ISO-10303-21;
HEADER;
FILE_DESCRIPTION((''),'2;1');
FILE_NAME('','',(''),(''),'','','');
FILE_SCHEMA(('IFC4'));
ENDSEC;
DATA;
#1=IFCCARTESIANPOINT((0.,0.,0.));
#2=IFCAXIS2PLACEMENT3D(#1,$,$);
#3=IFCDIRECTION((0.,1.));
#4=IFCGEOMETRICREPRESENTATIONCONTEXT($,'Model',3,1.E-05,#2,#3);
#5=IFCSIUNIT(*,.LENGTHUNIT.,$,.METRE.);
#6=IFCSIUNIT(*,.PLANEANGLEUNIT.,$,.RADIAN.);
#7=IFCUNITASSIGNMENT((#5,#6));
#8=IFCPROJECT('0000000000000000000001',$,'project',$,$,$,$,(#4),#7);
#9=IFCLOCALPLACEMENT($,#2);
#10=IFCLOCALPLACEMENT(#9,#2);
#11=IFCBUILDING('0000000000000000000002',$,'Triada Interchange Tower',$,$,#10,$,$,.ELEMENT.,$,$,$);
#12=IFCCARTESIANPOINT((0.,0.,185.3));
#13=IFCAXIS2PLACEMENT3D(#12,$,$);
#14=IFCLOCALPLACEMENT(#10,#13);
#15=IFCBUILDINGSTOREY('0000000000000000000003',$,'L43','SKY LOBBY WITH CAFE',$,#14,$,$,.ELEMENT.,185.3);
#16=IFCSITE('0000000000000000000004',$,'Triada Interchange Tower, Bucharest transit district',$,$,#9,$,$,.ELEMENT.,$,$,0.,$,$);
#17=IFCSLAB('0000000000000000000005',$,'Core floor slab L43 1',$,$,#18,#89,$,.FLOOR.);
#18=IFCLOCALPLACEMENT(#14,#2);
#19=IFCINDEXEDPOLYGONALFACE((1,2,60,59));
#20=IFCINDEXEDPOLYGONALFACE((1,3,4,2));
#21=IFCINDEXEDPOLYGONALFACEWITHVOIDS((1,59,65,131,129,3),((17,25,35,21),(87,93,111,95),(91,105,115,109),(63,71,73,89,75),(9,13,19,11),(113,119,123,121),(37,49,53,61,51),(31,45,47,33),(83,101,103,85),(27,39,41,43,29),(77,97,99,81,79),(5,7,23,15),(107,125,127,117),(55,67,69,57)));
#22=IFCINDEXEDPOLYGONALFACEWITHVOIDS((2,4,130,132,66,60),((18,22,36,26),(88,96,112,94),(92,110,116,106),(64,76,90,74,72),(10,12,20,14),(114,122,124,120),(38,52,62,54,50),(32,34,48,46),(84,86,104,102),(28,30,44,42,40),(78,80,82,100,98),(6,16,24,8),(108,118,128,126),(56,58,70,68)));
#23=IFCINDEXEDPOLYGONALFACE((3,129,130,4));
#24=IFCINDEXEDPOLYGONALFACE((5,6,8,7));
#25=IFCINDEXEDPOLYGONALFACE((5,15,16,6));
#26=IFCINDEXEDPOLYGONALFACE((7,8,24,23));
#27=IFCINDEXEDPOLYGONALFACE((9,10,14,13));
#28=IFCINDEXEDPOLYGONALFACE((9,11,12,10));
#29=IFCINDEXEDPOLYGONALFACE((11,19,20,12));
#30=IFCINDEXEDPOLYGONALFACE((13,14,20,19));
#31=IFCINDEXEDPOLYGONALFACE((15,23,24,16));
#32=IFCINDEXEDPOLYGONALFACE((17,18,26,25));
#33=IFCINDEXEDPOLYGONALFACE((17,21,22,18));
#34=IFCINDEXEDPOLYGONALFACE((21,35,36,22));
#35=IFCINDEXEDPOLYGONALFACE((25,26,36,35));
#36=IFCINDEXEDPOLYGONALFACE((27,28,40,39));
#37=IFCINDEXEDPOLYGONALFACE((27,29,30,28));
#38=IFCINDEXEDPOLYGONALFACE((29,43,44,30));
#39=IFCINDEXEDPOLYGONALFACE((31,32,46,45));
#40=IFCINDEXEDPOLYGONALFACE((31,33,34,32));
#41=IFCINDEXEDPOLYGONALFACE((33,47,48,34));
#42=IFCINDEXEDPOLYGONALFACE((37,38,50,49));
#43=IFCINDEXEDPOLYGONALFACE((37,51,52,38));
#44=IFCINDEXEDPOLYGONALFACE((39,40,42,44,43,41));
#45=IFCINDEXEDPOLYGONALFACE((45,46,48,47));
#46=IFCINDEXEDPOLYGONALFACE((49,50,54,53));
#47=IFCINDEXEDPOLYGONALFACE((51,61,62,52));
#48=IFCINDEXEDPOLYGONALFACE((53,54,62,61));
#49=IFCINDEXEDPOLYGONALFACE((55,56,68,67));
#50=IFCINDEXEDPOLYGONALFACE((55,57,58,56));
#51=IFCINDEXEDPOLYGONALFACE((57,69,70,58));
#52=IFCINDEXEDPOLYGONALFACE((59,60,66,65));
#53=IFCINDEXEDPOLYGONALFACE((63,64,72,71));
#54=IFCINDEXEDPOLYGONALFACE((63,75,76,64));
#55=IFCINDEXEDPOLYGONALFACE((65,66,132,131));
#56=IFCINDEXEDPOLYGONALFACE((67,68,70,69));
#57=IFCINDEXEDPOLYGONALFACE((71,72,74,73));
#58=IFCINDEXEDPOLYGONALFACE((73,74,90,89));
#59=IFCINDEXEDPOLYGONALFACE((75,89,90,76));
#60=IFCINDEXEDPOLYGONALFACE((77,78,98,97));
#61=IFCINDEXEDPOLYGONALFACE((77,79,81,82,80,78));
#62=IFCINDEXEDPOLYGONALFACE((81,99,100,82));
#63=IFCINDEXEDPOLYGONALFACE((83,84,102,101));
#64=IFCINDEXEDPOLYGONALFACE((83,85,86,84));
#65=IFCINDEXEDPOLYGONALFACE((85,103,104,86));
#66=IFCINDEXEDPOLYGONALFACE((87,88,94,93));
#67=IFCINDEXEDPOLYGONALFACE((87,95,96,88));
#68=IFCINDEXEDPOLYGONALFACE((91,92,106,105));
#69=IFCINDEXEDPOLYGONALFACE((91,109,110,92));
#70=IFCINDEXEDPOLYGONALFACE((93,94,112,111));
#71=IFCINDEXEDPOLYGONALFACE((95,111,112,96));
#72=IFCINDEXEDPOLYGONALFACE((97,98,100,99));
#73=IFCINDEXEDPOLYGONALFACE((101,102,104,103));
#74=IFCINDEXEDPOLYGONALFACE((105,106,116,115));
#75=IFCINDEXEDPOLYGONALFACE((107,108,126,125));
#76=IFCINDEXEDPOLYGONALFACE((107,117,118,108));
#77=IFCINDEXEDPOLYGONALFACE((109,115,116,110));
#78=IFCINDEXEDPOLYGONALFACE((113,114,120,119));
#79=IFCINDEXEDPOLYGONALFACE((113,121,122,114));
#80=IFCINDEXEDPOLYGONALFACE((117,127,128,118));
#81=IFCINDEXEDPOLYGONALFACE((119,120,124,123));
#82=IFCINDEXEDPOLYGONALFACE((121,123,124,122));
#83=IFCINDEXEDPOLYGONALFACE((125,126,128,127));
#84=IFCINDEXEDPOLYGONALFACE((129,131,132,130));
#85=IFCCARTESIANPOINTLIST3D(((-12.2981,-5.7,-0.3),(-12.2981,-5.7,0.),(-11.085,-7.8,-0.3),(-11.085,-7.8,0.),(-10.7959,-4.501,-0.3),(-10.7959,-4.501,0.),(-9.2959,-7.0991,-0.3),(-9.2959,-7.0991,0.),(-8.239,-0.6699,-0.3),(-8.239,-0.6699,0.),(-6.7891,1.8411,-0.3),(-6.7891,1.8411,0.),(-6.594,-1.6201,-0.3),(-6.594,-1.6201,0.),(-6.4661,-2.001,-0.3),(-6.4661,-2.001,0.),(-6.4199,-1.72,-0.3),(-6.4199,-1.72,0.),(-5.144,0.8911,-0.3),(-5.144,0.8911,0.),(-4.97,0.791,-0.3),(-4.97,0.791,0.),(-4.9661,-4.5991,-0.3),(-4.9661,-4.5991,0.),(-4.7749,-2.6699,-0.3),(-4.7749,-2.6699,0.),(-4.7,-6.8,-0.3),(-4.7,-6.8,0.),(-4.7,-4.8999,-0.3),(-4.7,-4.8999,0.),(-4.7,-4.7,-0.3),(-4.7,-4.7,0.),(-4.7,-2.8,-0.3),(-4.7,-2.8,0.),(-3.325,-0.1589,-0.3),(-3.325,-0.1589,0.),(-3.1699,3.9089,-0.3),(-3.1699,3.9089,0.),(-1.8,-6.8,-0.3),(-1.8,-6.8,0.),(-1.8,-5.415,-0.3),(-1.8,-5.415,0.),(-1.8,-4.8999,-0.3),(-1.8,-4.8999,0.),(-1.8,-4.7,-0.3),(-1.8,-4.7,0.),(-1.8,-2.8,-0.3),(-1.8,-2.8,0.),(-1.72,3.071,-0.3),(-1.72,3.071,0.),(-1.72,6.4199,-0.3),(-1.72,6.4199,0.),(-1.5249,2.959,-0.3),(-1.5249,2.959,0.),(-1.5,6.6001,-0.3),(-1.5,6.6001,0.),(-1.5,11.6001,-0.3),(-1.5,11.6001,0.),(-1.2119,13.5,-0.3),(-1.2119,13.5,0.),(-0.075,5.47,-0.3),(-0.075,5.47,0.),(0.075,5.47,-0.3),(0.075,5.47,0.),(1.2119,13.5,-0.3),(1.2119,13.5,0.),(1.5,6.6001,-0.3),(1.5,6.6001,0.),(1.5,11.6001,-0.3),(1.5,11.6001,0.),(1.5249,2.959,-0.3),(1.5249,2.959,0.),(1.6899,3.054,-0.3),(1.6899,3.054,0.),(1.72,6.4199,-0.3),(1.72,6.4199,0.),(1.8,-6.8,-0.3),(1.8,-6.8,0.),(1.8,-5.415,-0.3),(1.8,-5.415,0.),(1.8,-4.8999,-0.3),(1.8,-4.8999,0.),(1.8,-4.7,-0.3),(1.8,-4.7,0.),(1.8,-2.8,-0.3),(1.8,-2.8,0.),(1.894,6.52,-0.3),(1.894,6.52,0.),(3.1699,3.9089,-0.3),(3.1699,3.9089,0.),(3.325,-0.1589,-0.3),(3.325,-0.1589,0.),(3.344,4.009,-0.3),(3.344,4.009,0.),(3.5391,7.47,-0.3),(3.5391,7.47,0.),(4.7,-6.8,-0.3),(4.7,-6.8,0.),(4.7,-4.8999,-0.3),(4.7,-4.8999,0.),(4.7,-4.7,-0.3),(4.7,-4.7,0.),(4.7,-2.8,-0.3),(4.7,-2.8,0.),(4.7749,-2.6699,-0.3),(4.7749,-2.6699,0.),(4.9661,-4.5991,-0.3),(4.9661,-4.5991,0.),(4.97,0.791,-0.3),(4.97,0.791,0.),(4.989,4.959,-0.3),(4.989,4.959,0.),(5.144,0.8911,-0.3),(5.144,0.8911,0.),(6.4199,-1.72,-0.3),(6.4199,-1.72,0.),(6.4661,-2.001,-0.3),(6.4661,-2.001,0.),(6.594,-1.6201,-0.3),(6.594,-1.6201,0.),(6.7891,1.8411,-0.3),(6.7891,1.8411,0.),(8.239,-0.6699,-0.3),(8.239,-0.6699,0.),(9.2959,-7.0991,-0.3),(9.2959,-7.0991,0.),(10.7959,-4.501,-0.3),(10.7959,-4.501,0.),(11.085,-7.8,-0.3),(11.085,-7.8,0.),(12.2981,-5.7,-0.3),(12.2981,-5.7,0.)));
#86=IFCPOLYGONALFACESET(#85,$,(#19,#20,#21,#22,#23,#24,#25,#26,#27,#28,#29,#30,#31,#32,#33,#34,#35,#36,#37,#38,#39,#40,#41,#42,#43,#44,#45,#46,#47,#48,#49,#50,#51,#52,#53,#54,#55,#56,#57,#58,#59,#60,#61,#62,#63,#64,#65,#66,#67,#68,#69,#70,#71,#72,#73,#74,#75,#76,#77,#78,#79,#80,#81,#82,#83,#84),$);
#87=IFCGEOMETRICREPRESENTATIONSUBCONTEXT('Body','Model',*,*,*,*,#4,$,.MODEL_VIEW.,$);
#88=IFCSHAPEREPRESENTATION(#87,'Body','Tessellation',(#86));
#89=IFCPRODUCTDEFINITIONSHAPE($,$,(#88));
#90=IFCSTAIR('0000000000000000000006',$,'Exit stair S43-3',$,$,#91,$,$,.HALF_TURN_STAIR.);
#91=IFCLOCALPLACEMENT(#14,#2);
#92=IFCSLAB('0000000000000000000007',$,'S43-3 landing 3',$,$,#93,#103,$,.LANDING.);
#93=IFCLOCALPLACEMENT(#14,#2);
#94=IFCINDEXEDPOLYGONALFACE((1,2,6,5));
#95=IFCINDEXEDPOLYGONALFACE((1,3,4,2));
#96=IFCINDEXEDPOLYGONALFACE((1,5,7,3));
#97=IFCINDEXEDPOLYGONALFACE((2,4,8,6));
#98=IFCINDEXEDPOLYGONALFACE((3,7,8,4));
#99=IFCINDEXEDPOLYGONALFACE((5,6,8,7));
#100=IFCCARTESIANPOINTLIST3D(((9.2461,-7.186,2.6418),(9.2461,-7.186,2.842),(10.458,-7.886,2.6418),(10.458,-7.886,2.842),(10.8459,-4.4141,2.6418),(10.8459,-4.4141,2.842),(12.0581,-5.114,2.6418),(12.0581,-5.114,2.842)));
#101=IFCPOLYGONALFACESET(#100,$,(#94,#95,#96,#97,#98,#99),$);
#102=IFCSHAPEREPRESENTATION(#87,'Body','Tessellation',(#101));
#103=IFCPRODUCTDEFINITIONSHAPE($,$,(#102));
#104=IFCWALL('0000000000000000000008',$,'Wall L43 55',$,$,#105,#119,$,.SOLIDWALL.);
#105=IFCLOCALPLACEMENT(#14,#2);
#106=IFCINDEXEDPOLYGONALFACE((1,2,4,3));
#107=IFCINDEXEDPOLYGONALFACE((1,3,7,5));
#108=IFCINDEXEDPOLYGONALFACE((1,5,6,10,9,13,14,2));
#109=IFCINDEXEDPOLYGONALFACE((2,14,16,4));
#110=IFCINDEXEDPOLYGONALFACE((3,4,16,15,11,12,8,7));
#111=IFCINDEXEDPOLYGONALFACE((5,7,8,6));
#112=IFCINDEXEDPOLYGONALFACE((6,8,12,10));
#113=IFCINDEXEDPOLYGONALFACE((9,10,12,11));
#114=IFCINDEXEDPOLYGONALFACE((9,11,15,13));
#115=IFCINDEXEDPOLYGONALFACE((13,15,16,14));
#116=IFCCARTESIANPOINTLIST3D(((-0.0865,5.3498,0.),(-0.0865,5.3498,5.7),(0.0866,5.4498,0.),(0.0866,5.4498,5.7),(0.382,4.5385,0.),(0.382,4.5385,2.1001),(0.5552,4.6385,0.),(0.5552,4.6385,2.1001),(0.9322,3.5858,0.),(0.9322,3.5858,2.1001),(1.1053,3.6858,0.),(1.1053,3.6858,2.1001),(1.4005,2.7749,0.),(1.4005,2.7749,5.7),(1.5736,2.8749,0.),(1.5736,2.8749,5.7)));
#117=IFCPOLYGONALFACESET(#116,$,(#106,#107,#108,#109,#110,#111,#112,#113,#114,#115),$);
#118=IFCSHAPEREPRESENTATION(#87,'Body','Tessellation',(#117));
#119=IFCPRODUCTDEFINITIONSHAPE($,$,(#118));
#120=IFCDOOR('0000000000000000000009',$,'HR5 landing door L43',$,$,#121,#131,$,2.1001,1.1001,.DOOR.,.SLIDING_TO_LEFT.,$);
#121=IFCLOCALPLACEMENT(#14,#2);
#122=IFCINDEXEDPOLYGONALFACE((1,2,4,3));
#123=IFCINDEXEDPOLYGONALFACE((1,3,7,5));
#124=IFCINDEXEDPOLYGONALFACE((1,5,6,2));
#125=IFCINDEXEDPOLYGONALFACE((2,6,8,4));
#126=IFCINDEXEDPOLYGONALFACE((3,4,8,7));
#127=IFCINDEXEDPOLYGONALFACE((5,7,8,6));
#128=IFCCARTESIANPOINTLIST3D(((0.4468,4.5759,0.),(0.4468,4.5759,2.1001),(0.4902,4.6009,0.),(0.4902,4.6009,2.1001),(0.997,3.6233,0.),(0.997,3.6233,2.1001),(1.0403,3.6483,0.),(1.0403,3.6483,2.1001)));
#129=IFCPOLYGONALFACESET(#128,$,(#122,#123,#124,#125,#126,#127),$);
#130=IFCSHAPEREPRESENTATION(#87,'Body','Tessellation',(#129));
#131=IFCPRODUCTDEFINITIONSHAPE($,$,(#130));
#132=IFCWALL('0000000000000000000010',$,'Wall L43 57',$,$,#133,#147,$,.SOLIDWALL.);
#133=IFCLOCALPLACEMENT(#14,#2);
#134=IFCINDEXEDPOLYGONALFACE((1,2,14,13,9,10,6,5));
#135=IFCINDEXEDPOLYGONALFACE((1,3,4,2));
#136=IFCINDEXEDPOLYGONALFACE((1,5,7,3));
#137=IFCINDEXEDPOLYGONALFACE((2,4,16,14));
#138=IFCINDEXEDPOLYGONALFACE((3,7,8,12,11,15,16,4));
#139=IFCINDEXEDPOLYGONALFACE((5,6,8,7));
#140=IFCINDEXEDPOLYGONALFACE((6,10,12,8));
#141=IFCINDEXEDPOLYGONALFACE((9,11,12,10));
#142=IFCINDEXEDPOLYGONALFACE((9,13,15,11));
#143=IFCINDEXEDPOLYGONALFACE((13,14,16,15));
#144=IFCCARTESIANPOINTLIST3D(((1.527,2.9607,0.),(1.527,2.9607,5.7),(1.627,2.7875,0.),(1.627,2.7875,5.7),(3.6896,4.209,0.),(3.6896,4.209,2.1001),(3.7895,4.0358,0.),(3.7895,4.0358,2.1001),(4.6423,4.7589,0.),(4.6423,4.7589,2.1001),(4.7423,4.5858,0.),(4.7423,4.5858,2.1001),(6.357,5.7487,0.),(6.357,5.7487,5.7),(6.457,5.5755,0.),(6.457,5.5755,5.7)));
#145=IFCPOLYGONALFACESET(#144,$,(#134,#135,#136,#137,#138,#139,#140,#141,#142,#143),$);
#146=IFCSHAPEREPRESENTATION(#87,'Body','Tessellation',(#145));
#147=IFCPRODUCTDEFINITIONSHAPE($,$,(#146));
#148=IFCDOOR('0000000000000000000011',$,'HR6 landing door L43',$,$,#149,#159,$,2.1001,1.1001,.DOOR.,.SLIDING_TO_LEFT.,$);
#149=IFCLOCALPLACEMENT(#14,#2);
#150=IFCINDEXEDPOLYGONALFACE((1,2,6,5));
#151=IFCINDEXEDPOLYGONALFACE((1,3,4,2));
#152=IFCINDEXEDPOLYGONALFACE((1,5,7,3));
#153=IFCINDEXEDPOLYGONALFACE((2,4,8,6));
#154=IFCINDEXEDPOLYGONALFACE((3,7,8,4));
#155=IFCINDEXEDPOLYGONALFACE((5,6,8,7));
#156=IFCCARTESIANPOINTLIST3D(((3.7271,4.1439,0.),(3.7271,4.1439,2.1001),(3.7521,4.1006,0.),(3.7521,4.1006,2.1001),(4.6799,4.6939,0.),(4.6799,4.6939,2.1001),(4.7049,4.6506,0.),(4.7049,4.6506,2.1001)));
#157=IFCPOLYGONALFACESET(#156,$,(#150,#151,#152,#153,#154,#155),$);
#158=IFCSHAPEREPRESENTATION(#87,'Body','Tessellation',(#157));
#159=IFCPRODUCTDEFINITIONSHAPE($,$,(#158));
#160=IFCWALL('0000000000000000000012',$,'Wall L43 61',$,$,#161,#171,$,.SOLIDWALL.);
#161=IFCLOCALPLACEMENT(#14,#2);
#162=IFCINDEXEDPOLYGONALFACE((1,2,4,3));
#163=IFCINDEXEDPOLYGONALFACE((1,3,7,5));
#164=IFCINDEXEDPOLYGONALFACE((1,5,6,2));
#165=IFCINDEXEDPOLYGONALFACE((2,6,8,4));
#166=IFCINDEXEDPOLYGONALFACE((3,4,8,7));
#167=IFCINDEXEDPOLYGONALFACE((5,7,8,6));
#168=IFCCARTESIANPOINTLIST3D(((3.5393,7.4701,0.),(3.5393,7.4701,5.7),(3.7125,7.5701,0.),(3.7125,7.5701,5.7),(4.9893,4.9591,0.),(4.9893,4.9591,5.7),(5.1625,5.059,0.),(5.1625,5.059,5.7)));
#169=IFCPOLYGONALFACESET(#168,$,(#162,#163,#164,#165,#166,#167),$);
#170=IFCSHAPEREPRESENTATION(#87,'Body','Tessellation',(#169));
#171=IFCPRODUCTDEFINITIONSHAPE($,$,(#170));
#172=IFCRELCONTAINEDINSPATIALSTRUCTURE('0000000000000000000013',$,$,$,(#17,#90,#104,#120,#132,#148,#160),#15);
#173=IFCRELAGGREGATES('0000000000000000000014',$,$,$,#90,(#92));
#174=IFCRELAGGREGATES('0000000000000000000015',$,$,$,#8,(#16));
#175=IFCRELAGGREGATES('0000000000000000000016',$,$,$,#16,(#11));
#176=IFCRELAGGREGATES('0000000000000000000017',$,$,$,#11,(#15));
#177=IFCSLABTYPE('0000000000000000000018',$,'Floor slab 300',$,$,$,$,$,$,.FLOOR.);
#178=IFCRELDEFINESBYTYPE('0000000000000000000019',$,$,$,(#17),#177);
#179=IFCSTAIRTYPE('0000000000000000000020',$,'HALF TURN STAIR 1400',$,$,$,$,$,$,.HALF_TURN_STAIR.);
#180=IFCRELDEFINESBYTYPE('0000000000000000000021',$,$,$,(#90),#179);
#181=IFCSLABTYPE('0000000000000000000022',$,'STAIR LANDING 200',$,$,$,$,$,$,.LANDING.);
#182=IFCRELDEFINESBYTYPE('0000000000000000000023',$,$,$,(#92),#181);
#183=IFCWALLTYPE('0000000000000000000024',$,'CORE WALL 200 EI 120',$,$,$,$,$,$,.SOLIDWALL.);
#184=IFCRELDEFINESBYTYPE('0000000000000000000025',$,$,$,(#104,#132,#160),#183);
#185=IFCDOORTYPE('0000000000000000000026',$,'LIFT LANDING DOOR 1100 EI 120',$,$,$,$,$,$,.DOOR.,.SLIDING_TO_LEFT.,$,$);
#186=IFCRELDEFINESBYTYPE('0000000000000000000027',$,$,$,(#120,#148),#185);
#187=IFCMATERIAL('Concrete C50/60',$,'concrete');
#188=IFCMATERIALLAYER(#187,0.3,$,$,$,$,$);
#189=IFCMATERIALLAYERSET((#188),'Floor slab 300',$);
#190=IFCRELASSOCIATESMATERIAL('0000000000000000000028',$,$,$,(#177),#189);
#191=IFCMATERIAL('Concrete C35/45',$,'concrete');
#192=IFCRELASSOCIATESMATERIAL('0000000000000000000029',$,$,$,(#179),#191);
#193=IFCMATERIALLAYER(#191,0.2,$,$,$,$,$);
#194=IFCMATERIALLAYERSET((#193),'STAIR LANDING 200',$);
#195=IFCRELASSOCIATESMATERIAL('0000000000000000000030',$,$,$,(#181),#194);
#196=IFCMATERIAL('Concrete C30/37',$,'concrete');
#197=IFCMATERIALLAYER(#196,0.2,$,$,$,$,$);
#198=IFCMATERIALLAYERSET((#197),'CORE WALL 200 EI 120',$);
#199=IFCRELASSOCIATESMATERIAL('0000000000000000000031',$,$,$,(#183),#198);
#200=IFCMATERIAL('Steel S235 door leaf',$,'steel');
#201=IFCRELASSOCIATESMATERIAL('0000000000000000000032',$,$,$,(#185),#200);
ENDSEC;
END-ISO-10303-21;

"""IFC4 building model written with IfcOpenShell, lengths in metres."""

from ifc_helpers import new_model, si_unit, direction, frame, frame_2d, origin, place, context, subcontext, project, spatial, polyline, rectangle, outline, extrude, material, layer, layer_set, type_object, element, fill, aggregate, save


model = new_model("IFC4")

# Units and contexts
model_context = context("Model", 3, precision=1e-05, world=origin(), true_north=direction((0.0, 1.0)))
body_context = subcontext(model_context, "Body", "Model", "MODEL_VIEW")
ifc_project = project(units=[si_unit("LENGTHUNIT", "METRE"), si_unit("PLANEANGLEUNIT", "RADIAN")], contexts=[model_context])

# Site, building, storey
site_placement = place(None, origin())
site = spatial("IfcSite", under=ifc_project, at=site_placement, Name="Triada Interchange Tower, Bucharest transit district", CompositionType="ELEMENT", RefElevation=0.0)
building_placement = place(site_placement, origin())
building = spatial("IfcBuilding", under=site, at=building_placement, Name="Triada Interchange Tower", CompositionType="ELEMENT")
storey_placement = place(building_placement, frame((0.0, 0.0, 185.3)))
storey = spatial("IfcBuildingStorey", under=building, at=storey_placement, Name="L43", Description="SKY LOBBY WITH CAFE", CompositionType="ELEMENT", Elevation=185.3)

# Slab
ifc_material_1 = material(Name="Concrete C50/60", Category="concrete")
ifc_layer_1 = layer(ifc_material_1, 0.3)
ifc_layer_set_1 = layer_set([ifc_layer_1], Name="Floor slab 300")
slab_type_1 = type_object("IfcSlabType", Name="Floor slab 300", PredefinedType="FLOOR", material=ifc_layer_set_1)
slab_1_placement = place(storey_placement, frame((0.0, 0.0, -0.3)))
element("IfcSlab", 1, at=slab_1_placement, inside=storey, type_object=slab_type_1, Name="Core floor slab L43 1", PredefinedType="FLOOR", context=body_context, shape_type="SweptSolid", body=[
    extrude(outline(polyline([(12.2981, -5.7), (11.085, -7.8), (-11.085, -7.8), (-12.2981, -5.7), (-1.2119, 13.5), (1.2119, 13.5), (12.2981, -5.7)]), holes=[polyline([(9.2959, -7.0991), (10.7959, -4.501), (6.4661, -2.001), (4.9661, -4.5991), (9.2959, -7.0991)]), polyline([(6.7891, 1.8411), (5.144, 0.8911), (6.594, -1.6201), (8.239, -0.6699), (6.7891, 1.8411)]), polyline([(4.97, 0.791), (3.325, -0.1589), (4.7749, -2.6699), (6.4199, -1.72), (4.97, 0.791)]), polyline([(1.894, 6.52), (3.344, 4.009), (4.989, 4.959), (3.5391, 7.47), (1.894, 6.52)]), polyline([(1.8, -5.415), (1.8, -6.8), (4.7, -6.8), (4.7, -4.8999), (1.8, -4.8999), (1.8, -5.415)]), polyline([(4.7, -2.8), (1.8, -2.8), (1.8, -4.7), (4.7, -4.7), (4.7, -2.8)]), polyline([(1.5249, 2.959), (1.6899, 3.054), (3.1699, 3.9089), (1.72, 6.4199), (0.075, 5.47), (1.5249, 2.959)]), polyline([(1.5, 11.6001), (-1.5, 11.6001), (-1.5, 6.6001), (1.5, 6.6001), (1.5, 11.6001)]), polyline([(-0.075, 5.47), (-1.72, 6.4199), (-3.1699, 3.9089), (-1.72, 3.071), (-1.5249, 2.959), (-0.075, 5.47)]), polyline([(-1.8, -2.8), (-4.7, -2.8), (-4.7, -4.7), (-1.8, -4.7), (-1.8, -2.8)]), polyline([(-4.7, -6.8), (-1.8, -6.8), (-1.8, -5.415), (-1.8, -4.8999), (-4.7, -4.8999), (-4.7, -6.8)]), polyline([(-4.7749, -2.6699), (-3.325, -0.1589), (-4.97, 0.791), (-6.4199, -1.72), (-4.7749, -2.6699)]), polyline([(-10.7959, -4.501), (-9.2959, -7.0991), (-4.9661, -4.5991), (-6.4661, -2.001), (-10.7959, -4.501)]), polyline([(-6.594, -1.6201), (-5.144, 0.8911), (-6.7891, 1.8411), (-8.239, -0.6699), (-6.594, -1.6201)])]), origin(), (0.0, 0.0, 1.0), 0.3),
])

# Stair, slab
ifc_material_2 = material(Name="Concrete C35/45", Category="concrete")
stair_type = type_object("IfcStairType", Name="HALF TURN STAIR 1400", PredefinedType="HALF_TURN_STAIR", material=ifc_material_2)
stair_1_placement = place(storey_placement, origin())
stair_1 = element("IfcStair", 2, at=stair_1_placement, inside=storey, type_object=stair_type, Name="Exit stair S43-3", PredefinedType="HALF_TURN_STAIR")
ifc_layer_2 = layer(ifc_material_2, 0.2)
ifc_layer_set_2 = layer_set([ifc_layer_2], Name="STAIR LANDING 200")
slab_type_2 = type_object("IfcSlabType", Name="STAIR LANDING 200", PredefinedType="LANDING", material=ifc_layer_set_2)
slab_2_placement = place(storey_placement, frame((0.0, 0.0, 2.6418)))
slab_2 = element("IfcSlab", 3, at=slab_2_placement, type_object=slab_type_2, Name="S43-3 landing 3", PredefinedType="LANDING", context=body_context, shape_type="SweptSolid", body=[
    extrude(outline(polyline([(9.2461, -7.186), (10.458, -7.886), (12.0581, -5.114), (10.8459, -4.4141), (9.2461, -7.186)])), origin(), (0.0, 0.0, 1.0), 0.2002),
])
aggregate(stair_1, [slab_2])

# Walls, openings, doors
ifc_material_3 = material(Name="Concrete C30/37", Category="concrete")
ifc_layer_3 = layer(ifc_material_3, 0.2)
ifc_layer_set_3 = layer_set([ifc_layer_3], Name="CORE WALL 200 EI 120")
wall_type_1 = type_object("IfcWallType", Name="CORE WALL 200 EI 120", PredefinedType="SOLIDWALL", material=ifc_layer_set_3)
wall_1_placement = place(storey_placement, frame((0.0, 5.3999, 0.0), z_axis=(0.0, 0.0, 1.0), x_axis=(0.500104, -0.865965, 0.0)))
wall_1 = element("IfcWall", 4, at=wall_1_placement, inside=storey, type_object=wall_type_1, Name="Wall L43 55", PredefinedType="SOLIDWALL", context=body_context, shape_type="SweptSolid", body=[
    extrude(rectangle(XDim=2.9734, YDim=0.2, at=frame_2d((1.4868, 0.0))), origin(), (0.0, 0.0, 1.0), 5.7),
])
opening_1_placement = place(wall_1_placement, frame((0.937, 0.0, 0.0)))
opening_1 = element("IfcOpeningElement", 5, at=opening_1_placement, cuts=wall_1, PredefinedType="OPENING", context=body_context, shape_type="SweptSolid", body=[
    extrude(rectangle(XDim=1.1001, YDim=2.1001, at=frame_2d((0.55, 1.05))), frame((0.0, 0.1099, 0.0), z_axis=(0.0, -1.0, 0.0), x_axis=(1.0, 0.0, 0.0)), (0.0, 0.0, 1.0), 0.22),
])
ifc_material_4 = material(Name="Steel S235 door leaf", Category="steel")
door_type = type_object("IfcDoorType", Name="LIFT LANDING DOOR 1100 EI 120", OperationType="SLIDING_TO_LEFT", PredefinedType="DOOR", material=ifc_material_4)
door_1_placement = place(opening_1_placement, origin())
door_1 = element("IfcDoor", 6, at=door_1_placement, inside=storey, type_object=door_type, Name="HR5 landing door L43", OperationType="SLIDING_TO_LEFT", OverallHeight=2.1001, OverallWidth=1.1001, PredefinedType="DOOR", context=body_context, shape_type="SweptSolid", body=[
    extrude(rectangle(XDim=1.1001, YDim=2.1001, at=frame_2d((0.55, 1.05))), frame((0.0, 0.0249, 0.0), z_axis=(0.0, -1.0, 0.0), x_axis=(1.0, 0.0, 0.0)), (0.0, 0.0, 1.0), 0.05),
])
fill(opening_1, door_1)
wall_2_placement = place(storey_placement, frame((1.5769, 2.874, 0.0), z_axis=(0.0, 0.0, 1.0), x_axis=(0.866069, 0.499925, 0.0)))
wall_2 = element("IfcWall", 7, at=wall_2_placement, inside=storey, type_object=wall_type_1, Name="Wall L43 57", PredefinedType="SOLIDWALL", context=body_context, shape_type="SweptSolid", body=[
    extrude(rectangle(XDim=5.5769, YDim=0.2, at=frame_2d((2.7886, 0.0))), origin(), (0.0, 0.0, 1.0), 5.7),
])
opening_2_placement = place(wall_2_placement, frame((2.4971, 0.0, 0.0)))
opening_2 = element("IfcOpeningElement", 8, at=opening_2_placement, cuts=wall_2, PredefinedType="OPENING", context=body_context, shape_type="SweptSolid", body=[
    extrude(rectangle(XDim=1.1001, YDim=2.1001, at=frame_2d((0.55, 1.05))), frame((0.0, 0.1099, 0.0), z_axis=(0.0, -1.0, 0.0), x_axis=(1.0, 0.0, 0.0)), (0.0, 0.0, 1.0), 0.22),
])
door_2_placement = place(opening_2_placement, origin())
door_2 = element("IfcDoor", 9, at=door_2_placement, inside=storey, type_object=door_type, Name="HR6 landing door L43", OperationType="SLIDING_TO_LEFT", OverallHeight=2.1001, OverallWidth=1.1001, PredefinedType="DOOR", context=body_context, shape_type="SweptSolid", body=[
    extrude(rectangle(XDim=1.1001, YDim=2.1001, at=frame_2d((0.55, 1.05))), frame((0.0, 0.0249, 0.0), z_axis=(0.0, -1.0, 0.0), x_axis=(1.0, 0.0, 0.0)), (0.0, 0.0, 1.0), 0.05),
])
fill(opening_2, door_2)

# Wall
wall_3_placement = place(storey_placement, frame((3.626, 7.52, 0.0), z_axis=(0.0, 0.0, 1.0), x_axis=(0.50006, -0.865991, 0.0)))
element("IfcWall", 10, at=wall_3_placement, inside=storey, type_object=wall_type_1, Name="Wall L43 61", PredefinedType="SOLIDWALL", context=body_context, shape_type="SweptSolid", body=[
    extrude(rectangle(XDim=2.8997, YDim=0.2, at=frame_2d((1.4497, 0.0))), origin(), (0.0, 0.0, 1.0), 5.7),
])

save(model, "model.ifc")
